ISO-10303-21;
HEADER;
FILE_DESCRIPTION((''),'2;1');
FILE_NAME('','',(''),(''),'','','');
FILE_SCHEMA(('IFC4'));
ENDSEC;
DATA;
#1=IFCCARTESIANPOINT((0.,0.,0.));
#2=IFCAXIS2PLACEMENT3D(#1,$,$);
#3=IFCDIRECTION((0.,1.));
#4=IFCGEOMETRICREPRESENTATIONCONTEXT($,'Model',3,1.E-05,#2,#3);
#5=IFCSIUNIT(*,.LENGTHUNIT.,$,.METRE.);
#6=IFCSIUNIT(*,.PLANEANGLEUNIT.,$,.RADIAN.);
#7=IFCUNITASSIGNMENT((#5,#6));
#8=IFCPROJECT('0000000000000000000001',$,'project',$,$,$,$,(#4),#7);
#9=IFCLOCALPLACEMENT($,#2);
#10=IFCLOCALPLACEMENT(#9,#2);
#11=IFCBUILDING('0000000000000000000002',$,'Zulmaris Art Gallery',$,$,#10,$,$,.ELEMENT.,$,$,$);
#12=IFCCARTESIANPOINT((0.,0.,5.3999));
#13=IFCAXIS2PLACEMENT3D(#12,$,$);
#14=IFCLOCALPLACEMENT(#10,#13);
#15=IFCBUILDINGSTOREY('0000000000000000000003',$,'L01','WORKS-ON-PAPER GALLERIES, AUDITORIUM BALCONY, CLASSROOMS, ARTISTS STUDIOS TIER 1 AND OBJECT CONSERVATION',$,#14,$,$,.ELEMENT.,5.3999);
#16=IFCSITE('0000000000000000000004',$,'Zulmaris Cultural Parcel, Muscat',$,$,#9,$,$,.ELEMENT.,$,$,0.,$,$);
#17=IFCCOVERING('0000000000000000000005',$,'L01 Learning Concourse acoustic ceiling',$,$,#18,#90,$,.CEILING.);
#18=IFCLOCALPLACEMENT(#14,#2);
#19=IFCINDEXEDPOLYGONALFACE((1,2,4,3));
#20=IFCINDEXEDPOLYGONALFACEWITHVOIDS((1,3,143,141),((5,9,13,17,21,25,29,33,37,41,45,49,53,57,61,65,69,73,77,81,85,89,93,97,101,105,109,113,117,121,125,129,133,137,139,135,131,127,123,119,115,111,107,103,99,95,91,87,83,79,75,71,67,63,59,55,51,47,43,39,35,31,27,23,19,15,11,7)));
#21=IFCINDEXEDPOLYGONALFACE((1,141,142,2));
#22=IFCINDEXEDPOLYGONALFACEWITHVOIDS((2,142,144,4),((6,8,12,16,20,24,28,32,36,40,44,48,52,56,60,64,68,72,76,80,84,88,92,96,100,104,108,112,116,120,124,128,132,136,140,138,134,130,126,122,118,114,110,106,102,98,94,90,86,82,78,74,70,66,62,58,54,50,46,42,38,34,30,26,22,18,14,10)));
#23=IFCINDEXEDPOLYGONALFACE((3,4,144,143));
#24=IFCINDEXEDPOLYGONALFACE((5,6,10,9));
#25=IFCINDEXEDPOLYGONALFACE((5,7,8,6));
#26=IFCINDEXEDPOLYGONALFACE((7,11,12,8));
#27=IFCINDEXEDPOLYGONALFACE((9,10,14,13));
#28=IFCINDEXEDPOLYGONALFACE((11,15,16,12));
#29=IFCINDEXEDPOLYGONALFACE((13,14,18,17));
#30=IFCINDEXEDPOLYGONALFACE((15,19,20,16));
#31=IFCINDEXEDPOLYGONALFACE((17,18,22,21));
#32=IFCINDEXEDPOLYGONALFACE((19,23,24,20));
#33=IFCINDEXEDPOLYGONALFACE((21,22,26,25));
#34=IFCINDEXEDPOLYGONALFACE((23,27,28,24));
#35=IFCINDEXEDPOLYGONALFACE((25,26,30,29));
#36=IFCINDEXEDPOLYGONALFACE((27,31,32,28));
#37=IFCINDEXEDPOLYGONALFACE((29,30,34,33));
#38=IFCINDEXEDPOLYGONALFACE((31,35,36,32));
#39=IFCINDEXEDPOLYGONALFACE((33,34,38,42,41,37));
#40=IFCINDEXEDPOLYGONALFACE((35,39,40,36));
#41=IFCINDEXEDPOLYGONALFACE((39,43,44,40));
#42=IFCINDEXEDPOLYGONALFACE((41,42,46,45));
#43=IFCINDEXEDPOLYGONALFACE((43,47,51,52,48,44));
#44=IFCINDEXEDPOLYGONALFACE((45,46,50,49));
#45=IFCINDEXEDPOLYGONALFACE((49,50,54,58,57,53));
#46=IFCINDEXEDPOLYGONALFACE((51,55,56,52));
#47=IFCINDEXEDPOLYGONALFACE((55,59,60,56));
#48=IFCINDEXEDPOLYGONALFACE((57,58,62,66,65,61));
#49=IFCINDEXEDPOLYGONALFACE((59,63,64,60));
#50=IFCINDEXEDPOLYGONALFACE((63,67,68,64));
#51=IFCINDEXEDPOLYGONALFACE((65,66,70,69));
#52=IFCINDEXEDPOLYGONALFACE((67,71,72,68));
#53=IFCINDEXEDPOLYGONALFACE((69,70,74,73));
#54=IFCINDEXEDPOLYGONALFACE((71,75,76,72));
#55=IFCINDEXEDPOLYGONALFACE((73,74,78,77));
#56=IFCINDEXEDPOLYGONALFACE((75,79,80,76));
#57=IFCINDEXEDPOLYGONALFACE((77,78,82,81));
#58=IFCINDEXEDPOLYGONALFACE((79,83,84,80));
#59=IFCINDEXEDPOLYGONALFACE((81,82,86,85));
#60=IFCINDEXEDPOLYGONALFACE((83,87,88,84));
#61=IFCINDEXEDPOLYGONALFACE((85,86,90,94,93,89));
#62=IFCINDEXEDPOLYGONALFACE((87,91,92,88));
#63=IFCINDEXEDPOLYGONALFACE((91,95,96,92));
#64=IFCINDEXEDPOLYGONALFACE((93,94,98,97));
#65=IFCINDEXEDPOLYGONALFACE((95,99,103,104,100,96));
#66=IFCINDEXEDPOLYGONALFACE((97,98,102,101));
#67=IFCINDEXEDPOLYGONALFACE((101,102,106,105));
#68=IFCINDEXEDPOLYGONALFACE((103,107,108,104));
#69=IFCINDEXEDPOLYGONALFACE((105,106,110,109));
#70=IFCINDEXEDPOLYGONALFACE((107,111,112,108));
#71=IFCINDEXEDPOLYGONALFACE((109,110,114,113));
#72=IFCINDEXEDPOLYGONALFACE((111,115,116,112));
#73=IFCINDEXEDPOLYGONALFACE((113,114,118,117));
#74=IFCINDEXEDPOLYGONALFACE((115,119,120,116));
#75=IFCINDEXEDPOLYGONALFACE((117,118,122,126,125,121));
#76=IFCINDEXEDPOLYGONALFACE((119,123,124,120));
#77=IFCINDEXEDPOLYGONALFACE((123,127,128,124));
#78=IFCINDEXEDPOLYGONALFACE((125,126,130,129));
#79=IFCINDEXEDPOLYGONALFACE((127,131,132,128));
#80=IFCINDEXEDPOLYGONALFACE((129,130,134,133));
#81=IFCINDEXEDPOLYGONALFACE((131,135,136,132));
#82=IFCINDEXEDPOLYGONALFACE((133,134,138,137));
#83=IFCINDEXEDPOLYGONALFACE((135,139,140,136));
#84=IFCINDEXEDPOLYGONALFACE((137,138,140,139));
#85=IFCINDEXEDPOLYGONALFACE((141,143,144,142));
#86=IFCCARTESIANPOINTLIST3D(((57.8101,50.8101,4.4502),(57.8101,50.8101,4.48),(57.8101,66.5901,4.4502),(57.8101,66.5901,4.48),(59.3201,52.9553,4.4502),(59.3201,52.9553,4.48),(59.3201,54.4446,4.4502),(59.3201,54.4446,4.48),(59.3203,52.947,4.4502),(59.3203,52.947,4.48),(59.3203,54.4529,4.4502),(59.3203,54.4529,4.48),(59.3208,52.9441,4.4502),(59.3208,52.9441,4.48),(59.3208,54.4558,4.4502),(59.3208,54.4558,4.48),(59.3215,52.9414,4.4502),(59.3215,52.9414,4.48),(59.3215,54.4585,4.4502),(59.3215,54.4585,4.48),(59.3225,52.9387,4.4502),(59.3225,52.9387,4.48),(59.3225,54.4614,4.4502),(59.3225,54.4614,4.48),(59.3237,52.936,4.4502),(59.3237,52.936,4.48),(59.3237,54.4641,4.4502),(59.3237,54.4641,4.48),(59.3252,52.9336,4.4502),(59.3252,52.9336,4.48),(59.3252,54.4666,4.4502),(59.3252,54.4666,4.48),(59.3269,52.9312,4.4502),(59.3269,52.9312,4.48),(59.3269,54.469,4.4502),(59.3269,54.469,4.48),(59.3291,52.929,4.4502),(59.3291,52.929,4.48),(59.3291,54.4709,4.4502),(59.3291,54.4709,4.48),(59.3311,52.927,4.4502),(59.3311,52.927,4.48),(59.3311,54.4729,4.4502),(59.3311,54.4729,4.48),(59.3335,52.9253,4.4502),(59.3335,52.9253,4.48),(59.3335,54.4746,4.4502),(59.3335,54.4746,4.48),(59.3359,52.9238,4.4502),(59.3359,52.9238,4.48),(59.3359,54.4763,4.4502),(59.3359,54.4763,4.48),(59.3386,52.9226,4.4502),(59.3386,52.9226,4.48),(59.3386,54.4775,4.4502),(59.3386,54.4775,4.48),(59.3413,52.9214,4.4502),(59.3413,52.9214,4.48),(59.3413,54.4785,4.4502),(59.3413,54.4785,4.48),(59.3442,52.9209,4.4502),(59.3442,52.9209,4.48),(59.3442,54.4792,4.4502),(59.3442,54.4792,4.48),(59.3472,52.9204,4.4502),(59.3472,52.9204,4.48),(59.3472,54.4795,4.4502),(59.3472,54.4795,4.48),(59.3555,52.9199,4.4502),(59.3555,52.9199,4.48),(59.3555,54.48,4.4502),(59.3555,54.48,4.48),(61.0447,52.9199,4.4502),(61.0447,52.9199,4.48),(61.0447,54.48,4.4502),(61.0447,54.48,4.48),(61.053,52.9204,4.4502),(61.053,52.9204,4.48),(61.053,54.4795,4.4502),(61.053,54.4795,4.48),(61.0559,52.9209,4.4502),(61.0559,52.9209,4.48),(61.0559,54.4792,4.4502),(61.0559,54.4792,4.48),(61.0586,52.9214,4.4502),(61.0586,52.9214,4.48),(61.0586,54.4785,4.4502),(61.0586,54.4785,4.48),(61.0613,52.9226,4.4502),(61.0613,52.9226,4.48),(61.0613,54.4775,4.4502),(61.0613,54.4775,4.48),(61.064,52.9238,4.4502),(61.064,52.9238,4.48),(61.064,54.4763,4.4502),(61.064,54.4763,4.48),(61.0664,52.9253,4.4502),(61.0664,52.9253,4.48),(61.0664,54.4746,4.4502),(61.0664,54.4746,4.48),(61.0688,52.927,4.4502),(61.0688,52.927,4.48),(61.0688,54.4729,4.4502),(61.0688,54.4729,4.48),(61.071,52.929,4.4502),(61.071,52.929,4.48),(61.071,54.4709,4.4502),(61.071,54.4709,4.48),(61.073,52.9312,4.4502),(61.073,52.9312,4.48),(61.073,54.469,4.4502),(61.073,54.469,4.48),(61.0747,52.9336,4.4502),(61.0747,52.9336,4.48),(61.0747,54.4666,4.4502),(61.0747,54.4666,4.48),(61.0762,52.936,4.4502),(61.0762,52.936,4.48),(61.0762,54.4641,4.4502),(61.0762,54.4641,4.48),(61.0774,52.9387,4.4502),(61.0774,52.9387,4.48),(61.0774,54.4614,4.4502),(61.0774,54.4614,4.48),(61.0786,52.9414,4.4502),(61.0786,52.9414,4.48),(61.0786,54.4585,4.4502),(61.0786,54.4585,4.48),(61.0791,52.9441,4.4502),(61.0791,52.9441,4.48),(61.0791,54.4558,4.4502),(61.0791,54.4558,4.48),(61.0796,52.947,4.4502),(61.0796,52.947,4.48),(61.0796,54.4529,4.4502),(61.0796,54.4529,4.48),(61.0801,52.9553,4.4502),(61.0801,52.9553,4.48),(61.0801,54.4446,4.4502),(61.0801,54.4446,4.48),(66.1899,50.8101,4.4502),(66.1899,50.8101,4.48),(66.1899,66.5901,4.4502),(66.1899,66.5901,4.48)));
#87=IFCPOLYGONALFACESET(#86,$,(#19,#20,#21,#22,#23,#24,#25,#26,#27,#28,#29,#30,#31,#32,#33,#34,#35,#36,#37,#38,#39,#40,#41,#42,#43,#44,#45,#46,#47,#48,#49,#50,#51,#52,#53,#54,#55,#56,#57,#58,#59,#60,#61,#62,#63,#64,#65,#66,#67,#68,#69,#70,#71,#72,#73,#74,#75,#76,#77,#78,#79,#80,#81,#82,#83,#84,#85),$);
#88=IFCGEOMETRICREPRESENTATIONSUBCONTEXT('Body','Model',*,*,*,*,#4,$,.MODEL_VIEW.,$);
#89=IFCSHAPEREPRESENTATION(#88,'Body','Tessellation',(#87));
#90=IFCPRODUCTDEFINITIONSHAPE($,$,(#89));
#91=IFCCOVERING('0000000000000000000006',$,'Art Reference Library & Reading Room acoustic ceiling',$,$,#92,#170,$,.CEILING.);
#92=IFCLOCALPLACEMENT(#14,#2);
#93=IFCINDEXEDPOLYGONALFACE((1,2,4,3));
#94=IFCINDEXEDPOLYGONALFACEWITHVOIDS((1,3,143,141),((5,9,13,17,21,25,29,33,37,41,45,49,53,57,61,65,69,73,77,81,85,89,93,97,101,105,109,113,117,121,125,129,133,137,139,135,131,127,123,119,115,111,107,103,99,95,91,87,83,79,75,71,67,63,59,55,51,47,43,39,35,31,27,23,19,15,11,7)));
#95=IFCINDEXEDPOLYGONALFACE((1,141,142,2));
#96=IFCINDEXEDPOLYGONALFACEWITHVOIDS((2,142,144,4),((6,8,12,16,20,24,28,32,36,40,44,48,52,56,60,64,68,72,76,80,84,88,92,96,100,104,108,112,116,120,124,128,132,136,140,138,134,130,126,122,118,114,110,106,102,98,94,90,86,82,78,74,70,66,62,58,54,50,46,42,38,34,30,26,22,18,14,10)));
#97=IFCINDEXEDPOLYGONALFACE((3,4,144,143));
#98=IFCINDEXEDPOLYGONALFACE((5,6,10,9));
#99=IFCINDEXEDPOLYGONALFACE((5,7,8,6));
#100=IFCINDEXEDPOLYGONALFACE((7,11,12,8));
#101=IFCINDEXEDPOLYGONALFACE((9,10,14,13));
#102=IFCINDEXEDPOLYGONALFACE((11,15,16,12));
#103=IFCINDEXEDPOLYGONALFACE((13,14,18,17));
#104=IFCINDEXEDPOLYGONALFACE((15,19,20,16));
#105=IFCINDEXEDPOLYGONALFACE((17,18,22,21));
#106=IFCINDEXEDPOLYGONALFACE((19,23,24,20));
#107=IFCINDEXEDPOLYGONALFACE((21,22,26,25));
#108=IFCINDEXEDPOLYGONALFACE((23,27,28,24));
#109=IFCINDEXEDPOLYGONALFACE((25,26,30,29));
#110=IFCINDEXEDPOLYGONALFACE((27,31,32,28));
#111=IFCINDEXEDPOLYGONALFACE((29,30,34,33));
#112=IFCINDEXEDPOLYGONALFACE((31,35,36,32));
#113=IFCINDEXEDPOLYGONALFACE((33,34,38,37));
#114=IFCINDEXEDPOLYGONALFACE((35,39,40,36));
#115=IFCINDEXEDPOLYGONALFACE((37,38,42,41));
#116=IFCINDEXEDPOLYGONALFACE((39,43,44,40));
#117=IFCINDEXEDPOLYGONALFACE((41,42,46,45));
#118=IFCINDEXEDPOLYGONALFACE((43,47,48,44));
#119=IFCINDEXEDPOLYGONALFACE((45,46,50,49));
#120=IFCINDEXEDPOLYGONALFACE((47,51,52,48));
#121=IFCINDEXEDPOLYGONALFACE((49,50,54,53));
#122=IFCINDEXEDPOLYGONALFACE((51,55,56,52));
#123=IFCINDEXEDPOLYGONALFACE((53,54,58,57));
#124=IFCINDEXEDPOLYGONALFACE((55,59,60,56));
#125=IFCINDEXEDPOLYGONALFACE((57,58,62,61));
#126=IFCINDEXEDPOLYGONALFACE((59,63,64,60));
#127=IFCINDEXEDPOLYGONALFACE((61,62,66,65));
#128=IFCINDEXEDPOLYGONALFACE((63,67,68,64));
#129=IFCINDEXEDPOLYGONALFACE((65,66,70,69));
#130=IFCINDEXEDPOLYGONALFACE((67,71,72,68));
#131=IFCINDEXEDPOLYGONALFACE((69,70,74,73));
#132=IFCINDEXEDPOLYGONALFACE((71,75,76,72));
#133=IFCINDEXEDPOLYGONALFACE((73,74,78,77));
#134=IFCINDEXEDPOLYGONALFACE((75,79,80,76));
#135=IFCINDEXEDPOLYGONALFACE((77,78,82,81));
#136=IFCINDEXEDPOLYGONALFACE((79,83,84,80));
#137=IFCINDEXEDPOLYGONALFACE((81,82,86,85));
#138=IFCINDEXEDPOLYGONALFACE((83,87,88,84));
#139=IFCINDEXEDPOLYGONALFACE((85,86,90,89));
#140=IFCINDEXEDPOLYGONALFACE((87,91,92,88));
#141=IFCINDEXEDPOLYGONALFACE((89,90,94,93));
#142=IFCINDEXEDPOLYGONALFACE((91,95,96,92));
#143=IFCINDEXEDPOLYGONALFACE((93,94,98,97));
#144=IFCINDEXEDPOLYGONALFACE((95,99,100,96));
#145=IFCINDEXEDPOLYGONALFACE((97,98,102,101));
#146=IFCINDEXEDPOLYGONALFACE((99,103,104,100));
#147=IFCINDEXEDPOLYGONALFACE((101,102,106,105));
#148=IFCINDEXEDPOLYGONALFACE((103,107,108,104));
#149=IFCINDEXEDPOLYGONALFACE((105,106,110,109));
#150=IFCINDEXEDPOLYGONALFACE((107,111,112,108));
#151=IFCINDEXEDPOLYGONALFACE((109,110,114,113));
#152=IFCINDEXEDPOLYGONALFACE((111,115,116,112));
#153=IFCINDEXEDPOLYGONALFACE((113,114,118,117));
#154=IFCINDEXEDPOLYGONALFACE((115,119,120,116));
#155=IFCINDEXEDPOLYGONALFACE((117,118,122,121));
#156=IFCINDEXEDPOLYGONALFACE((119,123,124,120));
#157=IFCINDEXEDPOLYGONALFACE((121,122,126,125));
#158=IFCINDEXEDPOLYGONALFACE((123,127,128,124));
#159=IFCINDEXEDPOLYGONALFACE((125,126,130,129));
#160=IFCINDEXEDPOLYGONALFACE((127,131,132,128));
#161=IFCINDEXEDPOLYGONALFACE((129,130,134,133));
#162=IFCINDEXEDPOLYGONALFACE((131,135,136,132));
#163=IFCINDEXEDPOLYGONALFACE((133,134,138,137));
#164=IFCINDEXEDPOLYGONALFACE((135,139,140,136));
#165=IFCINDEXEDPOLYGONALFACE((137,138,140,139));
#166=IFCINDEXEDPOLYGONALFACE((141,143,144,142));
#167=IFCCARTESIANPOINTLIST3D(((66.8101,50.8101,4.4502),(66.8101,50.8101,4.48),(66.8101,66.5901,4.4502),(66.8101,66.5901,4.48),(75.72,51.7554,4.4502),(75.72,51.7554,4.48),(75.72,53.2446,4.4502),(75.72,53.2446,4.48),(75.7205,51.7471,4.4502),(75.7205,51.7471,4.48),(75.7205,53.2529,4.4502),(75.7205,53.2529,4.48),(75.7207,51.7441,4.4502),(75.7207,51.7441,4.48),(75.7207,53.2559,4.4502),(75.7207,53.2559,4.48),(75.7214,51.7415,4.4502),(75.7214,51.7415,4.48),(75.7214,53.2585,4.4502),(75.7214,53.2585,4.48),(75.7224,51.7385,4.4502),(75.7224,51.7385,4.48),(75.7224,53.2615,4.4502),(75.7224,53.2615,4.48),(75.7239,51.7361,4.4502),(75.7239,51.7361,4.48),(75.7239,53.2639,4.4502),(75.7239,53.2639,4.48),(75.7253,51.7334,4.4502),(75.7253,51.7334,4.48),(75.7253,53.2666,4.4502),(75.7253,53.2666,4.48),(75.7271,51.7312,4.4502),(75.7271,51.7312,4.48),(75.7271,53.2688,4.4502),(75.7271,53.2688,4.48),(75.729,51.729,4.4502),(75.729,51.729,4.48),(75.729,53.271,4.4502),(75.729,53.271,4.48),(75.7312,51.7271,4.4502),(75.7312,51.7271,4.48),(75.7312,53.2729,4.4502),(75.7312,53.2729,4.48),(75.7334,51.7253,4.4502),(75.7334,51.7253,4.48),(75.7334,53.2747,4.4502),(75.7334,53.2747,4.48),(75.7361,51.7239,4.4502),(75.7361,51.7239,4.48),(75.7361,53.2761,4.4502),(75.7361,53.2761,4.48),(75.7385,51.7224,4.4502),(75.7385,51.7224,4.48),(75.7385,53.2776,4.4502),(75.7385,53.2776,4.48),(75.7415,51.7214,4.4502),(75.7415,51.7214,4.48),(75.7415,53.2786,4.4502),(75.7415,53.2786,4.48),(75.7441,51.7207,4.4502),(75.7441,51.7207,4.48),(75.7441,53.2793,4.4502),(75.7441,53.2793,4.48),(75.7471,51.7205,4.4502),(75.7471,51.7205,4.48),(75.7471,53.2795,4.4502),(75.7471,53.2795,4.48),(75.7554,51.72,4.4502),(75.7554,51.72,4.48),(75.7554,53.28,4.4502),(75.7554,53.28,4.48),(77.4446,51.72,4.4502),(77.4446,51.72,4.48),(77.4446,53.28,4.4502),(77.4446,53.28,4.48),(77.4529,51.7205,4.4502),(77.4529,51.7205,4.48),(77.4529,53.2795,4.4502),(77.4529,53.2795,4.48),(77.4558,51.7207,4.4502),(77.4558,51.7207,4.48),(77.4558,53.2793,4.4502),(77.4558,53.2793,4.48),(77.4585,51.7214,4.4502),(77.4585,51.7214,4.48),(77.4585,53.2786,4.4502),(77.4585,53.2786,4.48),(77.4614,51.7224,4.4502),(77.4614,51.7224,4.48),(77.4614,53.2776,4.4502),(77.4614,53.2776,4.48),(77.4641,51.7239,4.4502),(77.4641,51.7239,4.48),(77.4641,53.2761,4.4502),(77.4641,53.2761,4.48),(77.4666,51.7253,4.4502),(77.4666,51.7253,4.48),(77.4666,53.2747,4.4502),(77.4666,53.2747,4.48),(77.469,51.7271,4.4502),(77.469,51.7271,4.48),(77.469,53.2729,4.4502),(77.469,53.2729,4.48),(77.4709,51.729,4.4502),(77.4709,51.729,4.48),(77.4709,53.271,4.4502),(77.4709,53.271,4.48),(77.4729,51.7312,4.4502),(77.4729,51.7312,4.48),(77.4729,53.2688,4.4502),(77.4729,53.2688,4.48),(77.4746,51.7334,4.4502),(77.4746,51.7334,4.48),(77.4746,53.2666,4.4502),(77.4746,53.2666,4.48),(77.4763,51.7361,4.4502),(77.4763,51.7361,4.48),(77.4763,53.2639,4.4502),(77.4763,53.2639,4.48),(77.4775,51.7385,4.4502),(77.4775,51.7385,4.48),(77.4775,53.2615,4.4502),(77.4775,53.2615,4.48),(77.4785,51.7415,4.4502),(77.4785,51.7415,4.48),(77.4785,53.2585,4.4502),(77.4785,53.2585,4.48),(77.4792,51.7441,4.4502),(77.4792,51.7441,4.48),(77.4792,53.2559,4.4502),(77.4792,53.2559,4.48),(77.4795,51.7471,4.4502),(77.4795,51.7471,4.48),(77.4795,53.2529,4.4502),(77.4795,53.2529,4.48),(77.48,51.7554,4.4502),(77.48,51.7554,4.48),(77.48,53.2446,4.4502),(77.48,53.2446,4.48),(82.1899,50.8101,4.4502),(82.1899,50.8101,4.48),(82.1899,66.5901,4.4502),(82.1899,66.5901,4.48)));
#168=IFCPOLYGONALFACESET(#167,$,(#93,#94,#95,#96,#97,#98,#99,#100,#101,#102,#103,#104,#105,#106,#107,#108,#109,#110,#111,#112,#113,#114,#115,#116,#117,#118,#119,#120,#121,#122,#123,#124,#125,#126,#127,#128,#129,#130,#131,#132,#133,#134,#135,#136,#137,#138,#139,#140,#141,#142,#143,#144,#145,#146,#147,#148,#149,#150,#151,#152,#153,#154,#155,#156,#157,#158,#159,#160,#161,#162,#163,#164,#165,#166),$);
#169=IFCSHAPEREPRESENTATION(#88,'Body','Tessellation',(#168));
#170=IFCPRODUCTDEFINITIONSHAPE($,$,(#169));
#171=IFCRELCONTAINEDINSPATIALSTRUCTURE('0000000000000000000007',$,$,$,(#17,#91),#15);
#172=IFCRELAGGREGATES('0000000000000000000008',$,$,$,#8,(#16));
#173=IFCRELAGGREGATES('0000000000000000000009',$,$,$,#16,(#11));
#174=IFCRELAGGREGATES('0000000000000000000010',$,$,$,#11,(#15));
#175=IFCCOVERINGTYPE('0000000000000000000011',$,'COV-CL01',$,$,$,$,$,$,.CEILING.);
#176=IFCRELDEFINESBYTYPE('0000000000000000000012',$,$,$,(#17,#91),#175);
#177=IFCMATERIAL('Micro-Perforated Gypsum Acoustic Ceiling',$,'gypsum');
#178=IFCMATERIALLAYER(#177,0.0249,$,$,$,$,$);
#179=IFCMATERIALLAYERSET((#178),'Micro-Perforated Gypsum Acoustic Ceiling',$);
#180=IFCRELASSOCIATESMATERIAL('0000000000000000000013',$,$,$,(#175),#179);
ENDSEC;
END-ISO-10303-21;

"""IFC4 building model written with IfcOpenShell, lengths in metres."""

from ifc_helpers import new_model, si_unit, direction, frame, origin, place, context, subcontext, project, spatial, polyline, outline, extrude, material, layer, layer_set, type_object, element, save


model = new_model("IFC4")

# Units and contexts
model_context = context("Model", 3, precision=1e-05, world=origin(), true_north=direction((0.0, 1.0)))
body_context = subcontext(model_context, "Body", "Model", "MODEL_VIEW")
ifc_project = project(units=[si_unit("LENGTHUNIT", "METRE"), si_unit("PLANEANGLEUNIT", "RADIAN")], contexts=[model_context])

# Site, building, storey
site_placement = place(None, origin())
site = spatial("IfcSite", under=ifc_project, at=site_placement, Name="Zulmaris Cultural Parcel, Muscat", CompositionType="ELEMENT", RefElevation=0.0)
building_placement = place(site_placement, origin())
building = spatial("IfcBuilding", under=site, at=building_placement, Name="Zulmaris Art Gallery", CompositionType="ELEMENT")
storey_placement = place(building_placement, frame((0.0, 0.0, 5.3999)))
storey = spatial("IfcBuildingStorey", under=building, at=storey_placement, Name="L01", Description="WORKS-ON-PAPER GALLERIES, AUDITORIUM BALCONY, CLASSROOMS, ARTISTS STUDIOS TIER 1 AND OBJECT CONSERVATION", CompositionType="ELEMENT", Elevation=5.3999)

# Coverings
ifc_material_1 = material(Name="Micro-Perforated Gypsum Acoustic Ceiling", Category="gypsum")
ifc_layer_1 = layer(ifc_material_1, 0.0249)
ifc_layer_set_1 = layer_set([ifc_layer_1], Name="Micro-Perforated Gypsum Acoustic Ceiling")
covering_type_1 = type_object("IfcCoveringType", Name="COV-CL01", PredefinedType="CEILING", material=ifc_layer_set_1)
covering_1_placement = place(storey_placement, frame((0.0, 0.0, 4.4502)))
element("IfcCovering", 1, at=covering_1_placement, inside=storey, type_object=covering_type_1, Name="L01 Learning Concourse acoustic ceiling", PredefinedType="CEILING", context=body_context, shape_type="SweptSolid", body=[
    extrude(outline(polyline([(57.8101, 66.5901), (66.1899, 66.5901), (66.1899, 50.8101), (57.8101, 50.8101), (57.8101, 66.5901)]), holes=[polyline([(59.3215, 52.9414), (59.3225, 52.9387), (59.3237, 52.936), (59.3252, 52.9336), (59.3269, 52.9312), (59.3291, 52.929), (59.3311, 52.927), (59.3335, 52.9253), (59.3359, 52.9238), (59.3386, 52.9226), (59.3413, 52.9214), (59.3442, 52.9209), (59.3472, 52.9204), (59.3555, 52.9199), (61.0447, 52.9199), (61.053, 52.9204), (61.0559, 52.9209), (61.0586, 52.9214), (61.0613, 52.9226), (61.064, 52.9238), (61.0664, 52.9253), (61.0688, 52.927), (61.071, 52.929), (61.073, 52.9312), (61.0747, 52.9336), (61.0762, 52.936), (61.0774, 52.9387), (61.0786, 52.9414), (61.0791, 52.9441), (61.0796, 52.947), (61.0801, 52.9553), (61.0801, 54.4446), (61.0796, 54.4529), (61.0791, 54.4558), (61.0786, 54.4585), (61.0774, 54.4614), (61.0762, 54.4641), (61.0747, 54.4666), (61.073, 54.469), (61.071, 54.4709), (61.0688, 54.4729), (61.0664, 54.4746), (61.064, 54.4763), (61.0613, 54.4775), (61.0586, 54.4785), (61.0559, 54.4792), (61.053, 54.4795), (61.0447, 54.48), (59.3555, 54.48), (59.3472, 54.4795), (59.3442, 54.4792), (59.3413, 54.4785), (59.3386, 54.4775), (59.3359, 54.4763), (59.3335, 54.4746), (59.3311, 54.4729), (59.3291, 54.4709), (59.3269, 54.469), (59.3252, 54.4666), (59.3237, 54.4641), (59.3225, 54.4614), (59.3215, 54.4585), (59.3208, 54.4558), (59.3203, 54.4529), (59.3201, 54.4446), (59.3201, 52.9553), (59.3203, 52.947), (59.3208, 52.9441), (59.3215, 52.9414)])]), origin(), (0.0, 0.0, 1.0), 0.0298),
])
covering_2_placement = place(storey_placement, frame((0.0, 0.0, 4.4502)))
element("IfcCovering", 2, at=covering_2_placement, inside=storey, type_object=covering_type_1, Name="Art Reference Library & Reading Room acoustic ceiling", PredefinedType="CEILING", context=body_context, shape_type="SweptSolid", body=[
    extrude(outline(polyline([(66.8101, 66.5901), (82.1899, 66.5901), (82.1899, 50.8101), (66.8101, 50.8101), (66.8101, 66.5901)]), holes=[polyline([(75.7415, 53.2786), (75.7385, 53.2776), (75.7361, 53.2761), (75.7334, 53.2747), (75.7312, 53.2729), (75.729, 53.271), (75.7271, 53.2688), (75.7253, 53.2666), (75.7239, 53.2639), (75.7224, 53.2615), (75.7214, 53.2585), (75.7207, 53.2559), (75.7205, 53.2529), (75.72, 53.2446), (75.72, 51.7554), (75.7205, 51.7471), (75.7207, 51.7441), (75.7214, 51.7415), (75.7224, 51.7385), (75.7239, 51.7361), (75.7253, 51.7334), (75.7271, 51.7312), (75.729, 51.729), (75.7312, 51.7271), (75.7334, 51.7253), (75.7361, 51.7239), (75.7385, 51.7224), (75.7415, 51.7214), (75.7441, 51.7207), (75.7471, 51.7205), (75.7554, 51.72), (77.4446, 51.72), (77.4529, 51.7205), (77.4558, 51.7207), (77.4585, 51.7214), (77.4614, 51.7224), (77.4641, 51.7239), (77.4666, 51.7253), (77.469, 51.7271), (77.4709, 51.729), (77.4729, 51.7312), (77.4746, 51.7334), (77.4763, 51.7361), (77.4775, 51.7385), (77.4785, 51.7415), (77.4792, 51.7441), (77.4795, 51.7471), (77.48, 51.7554), (77.48, 53.2446), (77.4795, 53.2529), (77.4792, 53.2559), (77.4785, 53.2585), (77.4775, 53.2615), (77.4763, 53.2639), (77.4746, 53.2666), (77.4729, 53.2688), (77.4709, 53.271), (77.469, 53.2729), (77.4666, 53.2747), (77.4641, 53.2761), (77.4614, 53.2776), (77.4585, 53.2786), (77.4558, 53.2793), (77.4529, 53.2795), (77.4446, 53.28), (75.7554, 53.28), (75.7471, 53.2795), (75.7441, 53.2793), (75.7415, 53.2786)])]), origin(), (0.0, 0.0, 1.0), 0.0298),
])

save(model, "model.ifc")
